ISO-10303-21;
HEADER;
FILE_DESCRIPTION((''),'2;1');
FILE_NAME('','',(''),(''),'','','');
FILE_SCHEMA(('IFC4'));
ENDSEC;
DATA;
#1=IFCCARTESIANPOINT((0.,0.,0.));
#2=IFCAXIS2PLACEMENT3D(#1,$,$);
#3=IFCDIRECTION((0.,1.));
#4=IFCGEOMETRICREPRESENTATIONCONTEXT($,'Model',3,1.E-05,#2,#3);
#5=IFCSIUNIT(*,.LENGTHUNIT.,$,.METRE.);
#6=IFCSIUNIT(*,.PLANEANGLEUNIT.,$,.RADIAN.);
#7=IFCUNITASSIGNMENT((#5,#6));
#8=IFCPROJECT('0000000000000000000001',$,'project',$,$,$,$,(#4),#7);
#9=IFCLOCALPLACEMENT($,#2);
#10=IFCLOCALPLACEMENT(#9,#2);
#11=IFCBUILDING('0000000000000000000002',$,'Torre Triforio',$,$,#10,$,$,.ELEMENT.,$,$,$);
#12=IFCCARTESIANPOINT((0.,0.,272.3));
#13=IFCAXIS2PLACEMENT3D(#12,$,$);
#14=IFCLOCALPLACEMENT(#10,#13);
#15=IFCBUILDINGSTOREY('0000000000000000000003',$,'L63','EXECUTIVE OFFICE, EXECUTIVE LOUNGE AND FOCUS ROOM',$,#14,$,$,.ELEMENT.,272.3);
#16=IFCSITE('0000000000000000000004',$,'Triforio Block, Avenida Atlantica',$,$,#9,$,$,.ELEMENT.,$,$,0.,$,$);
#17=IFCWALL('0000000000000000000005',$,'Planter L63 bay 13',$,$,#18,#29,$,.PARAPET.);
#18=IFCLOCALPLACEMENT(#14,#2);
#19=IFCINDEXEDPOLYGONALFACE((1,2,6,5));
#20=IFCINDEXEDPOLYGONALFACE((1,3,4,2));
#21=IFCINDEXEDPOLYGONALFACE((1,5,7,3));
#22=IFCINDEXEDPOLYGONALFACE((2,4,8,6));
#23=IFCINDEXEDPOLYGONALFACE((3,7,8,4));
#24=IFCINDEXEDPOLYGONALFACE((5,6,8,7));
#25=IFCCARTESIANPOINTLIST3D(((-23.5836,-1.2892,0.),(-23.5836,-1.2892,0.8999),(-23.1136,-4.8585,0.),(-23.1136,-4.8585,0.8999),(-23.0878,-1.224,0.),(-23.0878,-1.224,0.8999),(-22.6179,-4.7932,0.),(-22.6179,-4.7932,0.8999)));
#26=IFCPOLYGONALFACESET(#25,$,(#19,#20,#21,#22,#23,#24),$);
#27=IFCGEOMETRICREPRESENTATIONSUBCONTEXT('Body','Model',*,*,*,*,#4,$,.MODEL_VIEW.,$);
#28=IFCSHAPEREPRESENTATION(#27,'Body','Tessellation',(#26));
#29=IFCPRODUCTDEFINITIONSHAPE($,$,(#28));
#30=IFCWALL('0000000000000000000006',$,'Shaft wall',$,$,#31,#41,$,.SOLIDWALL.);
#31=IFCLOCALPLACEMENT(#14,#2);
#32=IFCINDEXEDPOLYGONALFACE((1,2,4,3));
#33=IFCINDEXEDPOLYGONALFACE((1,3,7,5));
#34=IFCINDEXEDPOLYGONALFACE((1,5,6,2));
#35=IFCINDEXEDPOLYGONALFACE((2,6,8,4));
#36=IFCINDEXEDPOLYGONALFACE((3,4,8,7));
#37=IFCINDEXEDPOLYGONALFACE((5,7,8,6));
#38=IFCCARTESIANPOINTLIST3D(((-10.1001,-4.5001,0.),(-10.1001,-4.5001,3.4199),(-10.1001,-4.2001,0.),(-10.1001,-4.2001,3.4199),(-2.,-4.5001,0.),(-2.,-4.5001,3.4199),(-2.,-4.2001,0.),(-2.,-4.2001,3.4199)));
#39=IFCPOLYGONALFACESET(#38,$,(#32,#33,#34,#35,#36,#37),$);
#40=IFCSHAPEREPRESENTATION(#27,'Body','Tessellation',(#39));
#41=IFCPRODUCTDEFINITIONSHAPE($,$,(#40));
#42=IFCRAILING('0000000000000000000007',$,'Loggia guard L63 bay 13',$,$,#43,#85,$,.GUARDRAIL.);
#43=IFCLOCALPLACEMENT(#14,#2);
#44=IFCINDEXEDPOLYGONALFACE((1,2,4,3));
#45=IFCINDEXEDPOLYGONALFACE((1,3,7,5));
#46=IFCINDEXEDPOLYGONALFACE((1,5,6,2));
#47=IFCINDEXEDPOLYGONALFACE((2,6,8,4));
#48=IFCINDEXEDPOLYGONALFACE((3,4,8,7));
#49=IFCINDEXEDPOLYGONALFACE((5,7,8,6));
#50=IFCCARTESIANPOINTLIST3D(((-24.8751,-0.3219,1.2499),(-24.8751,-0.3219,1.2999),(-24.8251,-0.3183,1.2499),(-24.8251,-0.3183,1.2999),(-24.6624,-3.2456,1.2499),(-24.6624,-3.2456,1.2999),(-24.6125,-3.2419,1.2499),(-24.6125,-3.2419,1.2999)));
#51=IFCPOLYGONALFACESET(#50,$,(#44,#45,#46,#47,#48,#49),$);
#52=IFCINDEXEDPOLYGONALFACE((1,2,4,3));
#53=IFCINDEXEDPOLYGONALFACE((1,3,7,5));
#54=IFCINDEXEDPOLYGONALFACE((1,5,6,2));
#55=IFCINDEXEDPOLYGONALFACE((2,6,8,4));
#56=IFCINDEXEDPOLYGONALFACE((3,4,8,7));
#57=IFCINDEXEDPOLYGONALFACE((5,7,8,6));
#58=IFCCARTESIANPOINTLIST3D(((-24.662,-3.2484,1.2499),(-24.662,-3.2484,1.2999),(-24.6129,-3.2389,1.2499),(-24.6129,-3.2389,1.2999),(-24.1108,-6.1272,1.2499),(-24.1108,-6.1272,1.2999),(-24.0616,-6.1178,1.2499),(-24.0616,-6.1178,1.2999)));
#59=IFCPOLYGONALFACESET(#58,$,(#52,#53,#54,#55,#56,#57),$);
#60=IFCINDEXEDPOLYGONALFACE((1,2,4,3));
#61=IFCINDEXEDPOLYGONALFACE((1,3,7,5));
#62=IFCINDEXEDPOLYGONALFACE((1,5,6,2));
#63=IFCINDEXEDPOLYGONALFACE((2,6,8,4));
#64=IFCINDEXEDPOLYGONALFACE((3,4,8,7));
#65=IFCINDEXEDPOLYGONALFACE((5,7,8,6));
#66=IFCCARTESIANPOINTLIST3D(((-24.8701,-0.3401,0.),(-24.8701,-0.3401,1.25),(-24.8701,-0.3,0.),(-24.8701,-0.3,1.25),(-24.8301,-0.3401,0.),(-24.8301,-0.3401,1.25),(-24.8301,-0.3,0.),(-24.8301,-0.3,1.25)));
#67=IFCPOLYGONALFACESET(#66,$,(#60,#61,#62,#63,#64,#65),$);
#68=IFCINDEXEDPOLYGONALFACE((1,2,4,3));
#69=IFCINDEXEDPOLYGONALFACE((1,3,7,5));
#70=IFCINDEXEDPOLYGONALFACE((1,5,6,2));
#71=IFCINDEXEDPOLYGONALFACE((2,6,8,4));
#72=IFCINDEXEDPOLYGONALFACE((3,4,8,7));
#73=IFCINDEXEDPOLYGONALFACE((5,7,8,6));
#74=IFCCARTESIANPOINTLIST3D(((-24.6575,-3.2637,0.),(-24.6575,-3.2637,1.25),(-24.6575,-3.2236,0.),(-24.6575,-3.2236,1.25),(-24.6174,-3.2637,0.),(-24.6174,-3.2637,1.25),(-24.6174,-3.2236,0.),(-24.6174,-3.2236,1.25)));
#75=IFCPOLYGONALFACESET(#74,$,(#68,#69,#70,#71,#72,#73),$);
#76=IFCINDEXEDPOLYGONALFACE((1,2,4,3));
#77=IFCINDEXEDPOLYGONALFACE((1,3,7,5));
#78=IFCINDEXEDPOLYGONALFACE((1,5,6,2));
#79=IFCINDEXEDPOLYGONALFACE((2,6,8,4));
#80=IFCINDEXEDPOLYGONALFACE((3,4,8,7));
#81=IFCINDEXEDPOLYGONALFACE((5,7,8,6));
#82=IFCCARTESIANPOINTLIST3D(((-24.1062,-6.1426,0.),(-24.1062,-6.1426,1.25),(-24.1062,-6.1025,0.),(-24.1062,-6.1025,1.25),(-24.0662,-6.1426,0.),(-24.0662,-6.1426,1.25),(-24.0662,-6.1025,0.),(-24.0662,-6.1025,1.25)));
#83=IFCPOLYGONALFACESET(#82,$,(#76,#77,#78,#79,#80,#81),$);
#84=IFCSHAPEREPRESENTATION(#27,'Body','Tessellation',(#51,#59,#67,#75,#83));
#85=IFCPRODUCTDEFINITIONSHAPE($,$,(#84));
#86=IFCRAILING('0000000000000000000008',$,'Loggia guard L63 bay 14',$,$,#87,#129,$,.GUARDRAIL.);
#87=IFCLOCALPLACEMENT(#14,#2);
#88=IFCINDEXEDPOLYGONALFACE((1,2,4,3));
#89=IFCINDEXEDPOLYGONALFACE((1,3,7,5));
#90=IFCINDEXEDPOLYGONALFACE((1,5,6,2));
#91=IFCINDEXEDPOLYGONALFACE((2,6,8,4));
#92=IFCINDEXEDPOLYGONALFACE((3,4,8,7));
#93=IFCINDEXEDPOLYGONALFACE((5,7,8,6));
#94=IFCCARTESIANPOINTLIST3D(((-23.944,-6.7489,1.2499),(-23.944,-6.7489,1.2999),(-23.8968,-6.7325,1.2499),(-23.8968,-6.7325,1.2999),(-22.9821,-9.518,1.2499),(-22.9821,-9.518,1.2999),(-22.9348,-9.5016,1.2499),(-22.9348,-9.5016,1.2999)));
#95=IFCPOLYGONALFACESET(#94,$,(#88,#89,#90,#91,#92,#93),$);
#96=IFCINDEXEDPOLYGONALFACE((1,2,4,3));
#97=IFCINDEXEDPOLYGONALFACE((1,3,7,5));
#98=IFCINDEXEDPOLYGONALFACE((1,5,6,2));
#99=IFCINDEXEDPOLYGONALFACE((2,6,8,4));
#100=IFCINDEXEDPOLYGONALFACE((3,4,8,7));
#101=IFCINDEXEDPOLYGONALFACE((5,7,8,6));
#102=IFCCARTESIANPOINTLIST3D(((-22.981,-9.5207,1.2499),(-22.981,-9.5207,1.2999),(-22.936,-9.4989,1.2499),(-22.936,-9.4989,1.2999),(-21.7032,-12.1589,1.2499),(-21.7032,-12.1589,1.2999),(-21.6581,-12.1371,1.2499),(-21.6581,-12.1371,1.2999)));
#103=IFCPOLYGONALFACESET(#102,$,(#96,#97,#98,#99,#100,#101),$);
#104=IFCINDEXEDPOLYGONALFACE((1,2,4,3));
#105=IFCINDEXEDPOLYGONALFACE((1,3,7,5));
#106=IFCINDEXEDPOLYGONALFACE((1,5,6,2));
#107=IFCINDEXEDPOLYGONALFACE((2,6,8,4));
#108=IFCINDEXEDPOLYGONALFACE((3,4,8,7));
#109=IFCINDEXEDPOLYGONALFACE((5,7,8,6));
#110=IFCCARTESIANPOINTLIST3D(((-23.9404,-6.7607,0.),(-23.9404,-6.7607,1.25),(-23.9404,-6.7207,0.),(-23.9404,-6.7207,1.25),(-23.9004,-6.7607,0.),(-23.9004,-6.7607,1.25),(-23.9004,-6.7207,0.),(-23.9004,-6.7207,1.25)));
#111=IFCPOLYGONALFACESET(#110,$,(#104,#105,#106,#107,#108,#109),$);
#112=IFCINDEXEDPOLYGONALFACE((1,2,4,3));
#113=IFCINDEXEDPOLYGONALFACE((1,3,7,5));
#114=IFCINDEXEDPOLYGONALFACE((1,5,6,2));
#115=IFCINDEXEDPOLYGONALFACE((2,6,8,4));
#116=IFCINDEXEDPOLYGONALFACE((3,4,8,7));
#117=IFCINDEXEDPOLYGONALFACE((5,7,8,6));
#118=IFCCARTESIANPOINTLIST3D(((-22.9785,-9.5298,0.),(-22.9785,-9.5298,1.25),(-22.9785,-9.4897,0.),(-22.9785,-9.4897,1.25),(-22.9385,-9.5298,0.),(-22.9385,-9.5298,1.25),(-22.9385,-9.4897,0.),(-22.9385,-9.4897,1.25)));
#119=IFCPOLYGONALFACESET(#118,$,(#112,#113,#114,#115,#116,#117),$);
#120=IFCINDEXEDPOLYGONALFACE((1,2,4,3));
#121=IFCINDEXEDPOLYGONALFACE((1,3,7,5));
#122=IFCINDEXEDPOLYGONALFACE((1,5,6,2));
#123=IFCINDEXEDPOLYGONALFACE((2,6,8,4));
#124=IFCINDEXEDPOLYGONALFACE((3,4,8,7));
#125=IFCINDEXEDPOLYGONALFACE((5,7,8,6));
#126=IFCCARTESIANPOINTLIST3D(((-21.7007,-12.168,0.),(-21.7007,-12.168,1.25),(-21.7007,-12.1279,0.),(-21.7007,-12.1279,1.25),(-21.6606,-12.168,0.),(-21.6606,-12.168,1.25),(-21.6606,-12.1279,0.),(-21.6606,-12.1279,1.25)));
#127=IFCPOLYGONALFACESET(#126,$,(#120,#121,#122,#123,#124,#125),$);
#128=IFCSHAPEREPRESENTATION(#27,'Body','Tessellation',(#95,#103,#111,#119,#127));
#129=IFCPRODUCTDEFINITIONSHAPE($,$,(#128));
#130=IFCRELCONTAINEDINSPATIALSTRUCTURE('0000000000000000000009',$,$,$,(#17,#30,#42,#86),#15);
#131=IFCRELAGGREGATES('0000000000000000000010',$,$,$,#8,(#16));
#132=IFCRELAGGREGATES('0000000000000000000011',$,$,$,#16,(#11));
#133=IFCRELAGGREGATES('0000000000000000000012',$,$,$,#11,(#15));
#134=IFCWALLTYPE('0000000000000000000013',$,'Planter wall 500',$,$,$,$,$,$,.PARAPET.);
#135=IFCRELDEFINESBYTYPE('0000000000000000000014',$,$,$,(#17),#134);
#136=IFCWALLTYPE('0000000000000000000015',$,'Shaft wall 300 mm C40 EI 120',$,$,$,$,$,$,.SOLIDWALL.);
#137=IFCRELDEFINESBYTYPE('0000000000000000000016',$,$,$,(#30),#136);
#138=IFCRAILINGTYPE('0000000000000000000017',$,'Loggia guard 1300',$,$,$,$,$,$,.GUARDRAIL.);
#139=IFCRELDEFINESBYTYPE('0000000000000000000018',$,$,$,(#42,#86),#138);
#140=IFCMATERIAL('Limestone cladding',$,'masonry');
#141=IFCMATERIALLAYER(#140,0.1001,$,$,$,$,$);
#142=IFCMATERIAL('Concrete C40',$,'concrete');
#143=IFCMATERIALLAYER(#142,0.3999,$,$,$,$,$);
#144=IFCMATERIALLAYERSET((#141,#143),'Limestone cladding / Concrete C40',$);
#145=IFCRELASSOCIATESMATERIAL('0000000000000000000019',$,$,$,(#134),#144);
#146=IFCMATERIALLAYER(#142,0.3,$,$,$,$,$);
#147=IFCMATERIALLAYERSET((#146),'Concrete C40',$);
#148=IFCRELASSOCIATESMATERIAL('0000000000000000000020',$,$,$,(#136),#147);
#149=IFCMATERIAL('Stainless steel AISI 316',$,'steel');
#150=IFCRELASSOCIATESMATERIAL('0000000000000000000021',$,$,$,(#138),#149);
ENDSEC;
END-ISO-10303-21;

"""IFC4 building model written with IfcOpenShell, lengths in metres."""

from ifc_helpers import new_model, si_unit, direction, frame, frame_2d, origin, origin_2d, place, context, subcontext, project, spatial, rectangle, extrude, material, layer, layer_set, type_object, element, save


model = new_model("IFC4")

# Units and contexts
model_context = context("Model", 3, precision=1e-05, world=origin(), true_north=direction((0.0, 1.0)))
body_context = subcontext(model_context, "Body", "Model", "MODEL_VIEW")
ifc_project = project(units=[si_unit("LENGTHUNIT", "METRE"), si_unit("PLANEANGLEUNIT", "RADIAN")], contexts=[model_context])

# Site, building, storey
site_placement = place(None, origin())
site = spatial("IfcSite", under=ifc_project, at=site_placement, Name="Triforio Block, Avenida Atlantica", CompositionType="ELEMENT", RefElevation=0.0)
building_placement = place(site_placement, origin())
building = spatial("IfcBuilding", under=site, at=building_placement, Name="Torre Triforio", CompositionType="ELEMENT")
storey_placement = place(building_placement, frame((0.0, 0.0, 272.3)))
storey = spatial("IfcBuildingStorey", under=building, at=storey_placement, Name="L63", Description="EXECUTIVE OFFICE, EXECUTIVE LOUNGE AND FOCUS ROOM", CompositionType="ELEMENT", Elevation=272.3)

# Shared definitions
ifc_material_1 = material(Name="Concrete C40", Category="concrete")

# Walls
ifc_material_2 = material(Name="Limestone cladding", Category="masonry")
ifc_layer_1 = layer(ifc_material_2, 0.1001)
ifc_layer_2 = layer(ifc_material_1, 0.3999)
ifc_layer_set_1 = layer_set([ifc_layer_1, ifc_layer_2], Name="Limestone cladding / Concrete C40")
wall_type_1 = type_object("IfcWallType", Name="Planter wall 500", PredefinedType="PARAPET", material=ifc_layer_set_1)
wall_1_placement = place(storey_placement, frame((-23.3357, -1.2566, 0.0), z_axis=(0.0, 0.0, 1.0), x_axis=(0.130542, -0.991443, 0.0)))
element("IfcWall", 1, at=wall_1_placement, inside=storey, type_object=wall_type_1, Name="Planter L63 bay 13", PredefinedType="PARAPET", context=body_context, shape_type="SweptSolid", body=[
    extrude(rectangle(XDim=3.6001, YDim=0.5, at=frame_2d((1.8, 0.0))), origin(), (0.0, 0.0, 1.0), 0.8999),
])
ifc_layer_3 = layer(ifc_material_1, 0.3)
ifc_layer_set_2 = layer_set([ifc_layer_3], Name="Concrete C40")
wall_type_2 = type_object("IfcWallType", Name="Shaft wall 300 mm C40 EI 120", PredefinedType="SOLIDWALL", material=ifc_layer_set_2)
wall_2_placement = place(storey_placement, frame((-10.1001, -4.3501, 0.0), z_axis=(0.0, 0.0, 1.0), x_axis=(1.0, 0.0, 0.0)))
element("IfcWall", 2, at=wall_2_placement, inside=storey, type_object=wall_type_2, Name="Shaft wall", PredefinedType="SOLIDWALL", context=body_context, shape_type="SweptSolid", body=[
    extrude(rectangle(XDim=8.1001, YDim=0.3, at=frame_2d((4.05, 0.0))), origin(), (0.0, 0.0, 1.0), 3.4199),
])

# Railings
ifc_material_3 = material(Name="Stainless steel AISI 316", Category="steel")
railing_type = type_object("IfcRailingType", Name="Loggia guard 1300", PredefinedType="GUARDRAIL", material=ifc_material_3)
railing_1_placement = place(storey_placement, frame((-24.8501, -0.3201, 0.0)))
element("IfcRailing", 3, at=railing_1_placement, inside=storey, type_object=railing_type, Name="Loggia guard L63 bay 13", PredefinedType="GUARDRAIL", context=body_context, shape_type="SweptSolid", body=[
    extrude(rectangle(XDim=0.05, YDim=0.05, at=origin_2d()), frame((0.0, 0.0, 1.2749), z_axis=(0.072543, -0.997365, 0.0), x_axis=(0.997365, 0.072543, 0.0)), (0.0, 0.0, 1.0), 2.9314),
    extrude(rectangle(XDim=0.05, YDim=0.05, at=origin_2d()), frame((0.2126, -2.9236, 1.2749), z_axis=(0.188069, -0.982156, 0.0), x_axis=(0.982156, 0.188069, 0.0)), (0.0, 0.0, 1.0), 2.9312),
    extrude(rectangle(XDim=0.04, YDim=0.04, at=origin_2d()), origin(), (0.0, 0.0, 1.0), 1.25),
    extrude(rectangle(XDim=0.04, YDim=0.04, at=origin_2d()), frame((0.2126, -2.9236, 0.0)), (0.0, 0.0, 1.0), 1.25),
    extrude(rectangle(XDim=0.04, YDim=0.04, at=origin_2d()), frame((0.7639, -5.8025, 0.0)), (0.0, 0.0, 1.0), 1.25),
])
railing_2_placement = place(storey_placement, frame((-23.9204, -6.7407, 0.0)))
element("IfcRailing", 4, at=railing_2_placement, inside=storey, type_object=railing_type, Name="Loggia guard L63 bay 14", PredefinedType="GUARDRAIL", context=body_context, shape_type="SweptSolid", body=[
    extrude(rectangle(XDim=0.05, YDim=0.05, at=origin_2d()), frame((0.0, 0.0, 1.2749), z_axis=(0.328146, -0.944627, 0.0), x_axis=(0.944627, 0.328146, 0.0)), (0.0, 0.0, 1.0), 2.9314),
    extrude(rectangle(XDim=0.05, YDim=0.05, at=origin_2d()), frame((0.9619, -2.769, 1.2749), z_axis=(0.435918, -0.899986, 0.0), x_axis=(0.899986, 0.435918, 0.0)), (0.0, 0.0, 1.0), 2.9314),
    extrude(rectangle(XDim=0.04, YDim=0.04, at=origin_2d()), origin(), (0.0, 0.0, 1.0), 1.25),
    extrude(rectangle(XDim=0.04, YDim=0.04, at=origin_2d()), frame((0.9619, -2.769, 0.0)), (0.0, 0.0, 1.0), 1.25),
    extrude(rectangle(XDim=0.04, YDim=0.04, at=origin_2d()), frame((2.2397, -5.4072, 0.0)), (0.0, 0.0, 1.0), 1.25),
])

save(model, "model.ifc")
